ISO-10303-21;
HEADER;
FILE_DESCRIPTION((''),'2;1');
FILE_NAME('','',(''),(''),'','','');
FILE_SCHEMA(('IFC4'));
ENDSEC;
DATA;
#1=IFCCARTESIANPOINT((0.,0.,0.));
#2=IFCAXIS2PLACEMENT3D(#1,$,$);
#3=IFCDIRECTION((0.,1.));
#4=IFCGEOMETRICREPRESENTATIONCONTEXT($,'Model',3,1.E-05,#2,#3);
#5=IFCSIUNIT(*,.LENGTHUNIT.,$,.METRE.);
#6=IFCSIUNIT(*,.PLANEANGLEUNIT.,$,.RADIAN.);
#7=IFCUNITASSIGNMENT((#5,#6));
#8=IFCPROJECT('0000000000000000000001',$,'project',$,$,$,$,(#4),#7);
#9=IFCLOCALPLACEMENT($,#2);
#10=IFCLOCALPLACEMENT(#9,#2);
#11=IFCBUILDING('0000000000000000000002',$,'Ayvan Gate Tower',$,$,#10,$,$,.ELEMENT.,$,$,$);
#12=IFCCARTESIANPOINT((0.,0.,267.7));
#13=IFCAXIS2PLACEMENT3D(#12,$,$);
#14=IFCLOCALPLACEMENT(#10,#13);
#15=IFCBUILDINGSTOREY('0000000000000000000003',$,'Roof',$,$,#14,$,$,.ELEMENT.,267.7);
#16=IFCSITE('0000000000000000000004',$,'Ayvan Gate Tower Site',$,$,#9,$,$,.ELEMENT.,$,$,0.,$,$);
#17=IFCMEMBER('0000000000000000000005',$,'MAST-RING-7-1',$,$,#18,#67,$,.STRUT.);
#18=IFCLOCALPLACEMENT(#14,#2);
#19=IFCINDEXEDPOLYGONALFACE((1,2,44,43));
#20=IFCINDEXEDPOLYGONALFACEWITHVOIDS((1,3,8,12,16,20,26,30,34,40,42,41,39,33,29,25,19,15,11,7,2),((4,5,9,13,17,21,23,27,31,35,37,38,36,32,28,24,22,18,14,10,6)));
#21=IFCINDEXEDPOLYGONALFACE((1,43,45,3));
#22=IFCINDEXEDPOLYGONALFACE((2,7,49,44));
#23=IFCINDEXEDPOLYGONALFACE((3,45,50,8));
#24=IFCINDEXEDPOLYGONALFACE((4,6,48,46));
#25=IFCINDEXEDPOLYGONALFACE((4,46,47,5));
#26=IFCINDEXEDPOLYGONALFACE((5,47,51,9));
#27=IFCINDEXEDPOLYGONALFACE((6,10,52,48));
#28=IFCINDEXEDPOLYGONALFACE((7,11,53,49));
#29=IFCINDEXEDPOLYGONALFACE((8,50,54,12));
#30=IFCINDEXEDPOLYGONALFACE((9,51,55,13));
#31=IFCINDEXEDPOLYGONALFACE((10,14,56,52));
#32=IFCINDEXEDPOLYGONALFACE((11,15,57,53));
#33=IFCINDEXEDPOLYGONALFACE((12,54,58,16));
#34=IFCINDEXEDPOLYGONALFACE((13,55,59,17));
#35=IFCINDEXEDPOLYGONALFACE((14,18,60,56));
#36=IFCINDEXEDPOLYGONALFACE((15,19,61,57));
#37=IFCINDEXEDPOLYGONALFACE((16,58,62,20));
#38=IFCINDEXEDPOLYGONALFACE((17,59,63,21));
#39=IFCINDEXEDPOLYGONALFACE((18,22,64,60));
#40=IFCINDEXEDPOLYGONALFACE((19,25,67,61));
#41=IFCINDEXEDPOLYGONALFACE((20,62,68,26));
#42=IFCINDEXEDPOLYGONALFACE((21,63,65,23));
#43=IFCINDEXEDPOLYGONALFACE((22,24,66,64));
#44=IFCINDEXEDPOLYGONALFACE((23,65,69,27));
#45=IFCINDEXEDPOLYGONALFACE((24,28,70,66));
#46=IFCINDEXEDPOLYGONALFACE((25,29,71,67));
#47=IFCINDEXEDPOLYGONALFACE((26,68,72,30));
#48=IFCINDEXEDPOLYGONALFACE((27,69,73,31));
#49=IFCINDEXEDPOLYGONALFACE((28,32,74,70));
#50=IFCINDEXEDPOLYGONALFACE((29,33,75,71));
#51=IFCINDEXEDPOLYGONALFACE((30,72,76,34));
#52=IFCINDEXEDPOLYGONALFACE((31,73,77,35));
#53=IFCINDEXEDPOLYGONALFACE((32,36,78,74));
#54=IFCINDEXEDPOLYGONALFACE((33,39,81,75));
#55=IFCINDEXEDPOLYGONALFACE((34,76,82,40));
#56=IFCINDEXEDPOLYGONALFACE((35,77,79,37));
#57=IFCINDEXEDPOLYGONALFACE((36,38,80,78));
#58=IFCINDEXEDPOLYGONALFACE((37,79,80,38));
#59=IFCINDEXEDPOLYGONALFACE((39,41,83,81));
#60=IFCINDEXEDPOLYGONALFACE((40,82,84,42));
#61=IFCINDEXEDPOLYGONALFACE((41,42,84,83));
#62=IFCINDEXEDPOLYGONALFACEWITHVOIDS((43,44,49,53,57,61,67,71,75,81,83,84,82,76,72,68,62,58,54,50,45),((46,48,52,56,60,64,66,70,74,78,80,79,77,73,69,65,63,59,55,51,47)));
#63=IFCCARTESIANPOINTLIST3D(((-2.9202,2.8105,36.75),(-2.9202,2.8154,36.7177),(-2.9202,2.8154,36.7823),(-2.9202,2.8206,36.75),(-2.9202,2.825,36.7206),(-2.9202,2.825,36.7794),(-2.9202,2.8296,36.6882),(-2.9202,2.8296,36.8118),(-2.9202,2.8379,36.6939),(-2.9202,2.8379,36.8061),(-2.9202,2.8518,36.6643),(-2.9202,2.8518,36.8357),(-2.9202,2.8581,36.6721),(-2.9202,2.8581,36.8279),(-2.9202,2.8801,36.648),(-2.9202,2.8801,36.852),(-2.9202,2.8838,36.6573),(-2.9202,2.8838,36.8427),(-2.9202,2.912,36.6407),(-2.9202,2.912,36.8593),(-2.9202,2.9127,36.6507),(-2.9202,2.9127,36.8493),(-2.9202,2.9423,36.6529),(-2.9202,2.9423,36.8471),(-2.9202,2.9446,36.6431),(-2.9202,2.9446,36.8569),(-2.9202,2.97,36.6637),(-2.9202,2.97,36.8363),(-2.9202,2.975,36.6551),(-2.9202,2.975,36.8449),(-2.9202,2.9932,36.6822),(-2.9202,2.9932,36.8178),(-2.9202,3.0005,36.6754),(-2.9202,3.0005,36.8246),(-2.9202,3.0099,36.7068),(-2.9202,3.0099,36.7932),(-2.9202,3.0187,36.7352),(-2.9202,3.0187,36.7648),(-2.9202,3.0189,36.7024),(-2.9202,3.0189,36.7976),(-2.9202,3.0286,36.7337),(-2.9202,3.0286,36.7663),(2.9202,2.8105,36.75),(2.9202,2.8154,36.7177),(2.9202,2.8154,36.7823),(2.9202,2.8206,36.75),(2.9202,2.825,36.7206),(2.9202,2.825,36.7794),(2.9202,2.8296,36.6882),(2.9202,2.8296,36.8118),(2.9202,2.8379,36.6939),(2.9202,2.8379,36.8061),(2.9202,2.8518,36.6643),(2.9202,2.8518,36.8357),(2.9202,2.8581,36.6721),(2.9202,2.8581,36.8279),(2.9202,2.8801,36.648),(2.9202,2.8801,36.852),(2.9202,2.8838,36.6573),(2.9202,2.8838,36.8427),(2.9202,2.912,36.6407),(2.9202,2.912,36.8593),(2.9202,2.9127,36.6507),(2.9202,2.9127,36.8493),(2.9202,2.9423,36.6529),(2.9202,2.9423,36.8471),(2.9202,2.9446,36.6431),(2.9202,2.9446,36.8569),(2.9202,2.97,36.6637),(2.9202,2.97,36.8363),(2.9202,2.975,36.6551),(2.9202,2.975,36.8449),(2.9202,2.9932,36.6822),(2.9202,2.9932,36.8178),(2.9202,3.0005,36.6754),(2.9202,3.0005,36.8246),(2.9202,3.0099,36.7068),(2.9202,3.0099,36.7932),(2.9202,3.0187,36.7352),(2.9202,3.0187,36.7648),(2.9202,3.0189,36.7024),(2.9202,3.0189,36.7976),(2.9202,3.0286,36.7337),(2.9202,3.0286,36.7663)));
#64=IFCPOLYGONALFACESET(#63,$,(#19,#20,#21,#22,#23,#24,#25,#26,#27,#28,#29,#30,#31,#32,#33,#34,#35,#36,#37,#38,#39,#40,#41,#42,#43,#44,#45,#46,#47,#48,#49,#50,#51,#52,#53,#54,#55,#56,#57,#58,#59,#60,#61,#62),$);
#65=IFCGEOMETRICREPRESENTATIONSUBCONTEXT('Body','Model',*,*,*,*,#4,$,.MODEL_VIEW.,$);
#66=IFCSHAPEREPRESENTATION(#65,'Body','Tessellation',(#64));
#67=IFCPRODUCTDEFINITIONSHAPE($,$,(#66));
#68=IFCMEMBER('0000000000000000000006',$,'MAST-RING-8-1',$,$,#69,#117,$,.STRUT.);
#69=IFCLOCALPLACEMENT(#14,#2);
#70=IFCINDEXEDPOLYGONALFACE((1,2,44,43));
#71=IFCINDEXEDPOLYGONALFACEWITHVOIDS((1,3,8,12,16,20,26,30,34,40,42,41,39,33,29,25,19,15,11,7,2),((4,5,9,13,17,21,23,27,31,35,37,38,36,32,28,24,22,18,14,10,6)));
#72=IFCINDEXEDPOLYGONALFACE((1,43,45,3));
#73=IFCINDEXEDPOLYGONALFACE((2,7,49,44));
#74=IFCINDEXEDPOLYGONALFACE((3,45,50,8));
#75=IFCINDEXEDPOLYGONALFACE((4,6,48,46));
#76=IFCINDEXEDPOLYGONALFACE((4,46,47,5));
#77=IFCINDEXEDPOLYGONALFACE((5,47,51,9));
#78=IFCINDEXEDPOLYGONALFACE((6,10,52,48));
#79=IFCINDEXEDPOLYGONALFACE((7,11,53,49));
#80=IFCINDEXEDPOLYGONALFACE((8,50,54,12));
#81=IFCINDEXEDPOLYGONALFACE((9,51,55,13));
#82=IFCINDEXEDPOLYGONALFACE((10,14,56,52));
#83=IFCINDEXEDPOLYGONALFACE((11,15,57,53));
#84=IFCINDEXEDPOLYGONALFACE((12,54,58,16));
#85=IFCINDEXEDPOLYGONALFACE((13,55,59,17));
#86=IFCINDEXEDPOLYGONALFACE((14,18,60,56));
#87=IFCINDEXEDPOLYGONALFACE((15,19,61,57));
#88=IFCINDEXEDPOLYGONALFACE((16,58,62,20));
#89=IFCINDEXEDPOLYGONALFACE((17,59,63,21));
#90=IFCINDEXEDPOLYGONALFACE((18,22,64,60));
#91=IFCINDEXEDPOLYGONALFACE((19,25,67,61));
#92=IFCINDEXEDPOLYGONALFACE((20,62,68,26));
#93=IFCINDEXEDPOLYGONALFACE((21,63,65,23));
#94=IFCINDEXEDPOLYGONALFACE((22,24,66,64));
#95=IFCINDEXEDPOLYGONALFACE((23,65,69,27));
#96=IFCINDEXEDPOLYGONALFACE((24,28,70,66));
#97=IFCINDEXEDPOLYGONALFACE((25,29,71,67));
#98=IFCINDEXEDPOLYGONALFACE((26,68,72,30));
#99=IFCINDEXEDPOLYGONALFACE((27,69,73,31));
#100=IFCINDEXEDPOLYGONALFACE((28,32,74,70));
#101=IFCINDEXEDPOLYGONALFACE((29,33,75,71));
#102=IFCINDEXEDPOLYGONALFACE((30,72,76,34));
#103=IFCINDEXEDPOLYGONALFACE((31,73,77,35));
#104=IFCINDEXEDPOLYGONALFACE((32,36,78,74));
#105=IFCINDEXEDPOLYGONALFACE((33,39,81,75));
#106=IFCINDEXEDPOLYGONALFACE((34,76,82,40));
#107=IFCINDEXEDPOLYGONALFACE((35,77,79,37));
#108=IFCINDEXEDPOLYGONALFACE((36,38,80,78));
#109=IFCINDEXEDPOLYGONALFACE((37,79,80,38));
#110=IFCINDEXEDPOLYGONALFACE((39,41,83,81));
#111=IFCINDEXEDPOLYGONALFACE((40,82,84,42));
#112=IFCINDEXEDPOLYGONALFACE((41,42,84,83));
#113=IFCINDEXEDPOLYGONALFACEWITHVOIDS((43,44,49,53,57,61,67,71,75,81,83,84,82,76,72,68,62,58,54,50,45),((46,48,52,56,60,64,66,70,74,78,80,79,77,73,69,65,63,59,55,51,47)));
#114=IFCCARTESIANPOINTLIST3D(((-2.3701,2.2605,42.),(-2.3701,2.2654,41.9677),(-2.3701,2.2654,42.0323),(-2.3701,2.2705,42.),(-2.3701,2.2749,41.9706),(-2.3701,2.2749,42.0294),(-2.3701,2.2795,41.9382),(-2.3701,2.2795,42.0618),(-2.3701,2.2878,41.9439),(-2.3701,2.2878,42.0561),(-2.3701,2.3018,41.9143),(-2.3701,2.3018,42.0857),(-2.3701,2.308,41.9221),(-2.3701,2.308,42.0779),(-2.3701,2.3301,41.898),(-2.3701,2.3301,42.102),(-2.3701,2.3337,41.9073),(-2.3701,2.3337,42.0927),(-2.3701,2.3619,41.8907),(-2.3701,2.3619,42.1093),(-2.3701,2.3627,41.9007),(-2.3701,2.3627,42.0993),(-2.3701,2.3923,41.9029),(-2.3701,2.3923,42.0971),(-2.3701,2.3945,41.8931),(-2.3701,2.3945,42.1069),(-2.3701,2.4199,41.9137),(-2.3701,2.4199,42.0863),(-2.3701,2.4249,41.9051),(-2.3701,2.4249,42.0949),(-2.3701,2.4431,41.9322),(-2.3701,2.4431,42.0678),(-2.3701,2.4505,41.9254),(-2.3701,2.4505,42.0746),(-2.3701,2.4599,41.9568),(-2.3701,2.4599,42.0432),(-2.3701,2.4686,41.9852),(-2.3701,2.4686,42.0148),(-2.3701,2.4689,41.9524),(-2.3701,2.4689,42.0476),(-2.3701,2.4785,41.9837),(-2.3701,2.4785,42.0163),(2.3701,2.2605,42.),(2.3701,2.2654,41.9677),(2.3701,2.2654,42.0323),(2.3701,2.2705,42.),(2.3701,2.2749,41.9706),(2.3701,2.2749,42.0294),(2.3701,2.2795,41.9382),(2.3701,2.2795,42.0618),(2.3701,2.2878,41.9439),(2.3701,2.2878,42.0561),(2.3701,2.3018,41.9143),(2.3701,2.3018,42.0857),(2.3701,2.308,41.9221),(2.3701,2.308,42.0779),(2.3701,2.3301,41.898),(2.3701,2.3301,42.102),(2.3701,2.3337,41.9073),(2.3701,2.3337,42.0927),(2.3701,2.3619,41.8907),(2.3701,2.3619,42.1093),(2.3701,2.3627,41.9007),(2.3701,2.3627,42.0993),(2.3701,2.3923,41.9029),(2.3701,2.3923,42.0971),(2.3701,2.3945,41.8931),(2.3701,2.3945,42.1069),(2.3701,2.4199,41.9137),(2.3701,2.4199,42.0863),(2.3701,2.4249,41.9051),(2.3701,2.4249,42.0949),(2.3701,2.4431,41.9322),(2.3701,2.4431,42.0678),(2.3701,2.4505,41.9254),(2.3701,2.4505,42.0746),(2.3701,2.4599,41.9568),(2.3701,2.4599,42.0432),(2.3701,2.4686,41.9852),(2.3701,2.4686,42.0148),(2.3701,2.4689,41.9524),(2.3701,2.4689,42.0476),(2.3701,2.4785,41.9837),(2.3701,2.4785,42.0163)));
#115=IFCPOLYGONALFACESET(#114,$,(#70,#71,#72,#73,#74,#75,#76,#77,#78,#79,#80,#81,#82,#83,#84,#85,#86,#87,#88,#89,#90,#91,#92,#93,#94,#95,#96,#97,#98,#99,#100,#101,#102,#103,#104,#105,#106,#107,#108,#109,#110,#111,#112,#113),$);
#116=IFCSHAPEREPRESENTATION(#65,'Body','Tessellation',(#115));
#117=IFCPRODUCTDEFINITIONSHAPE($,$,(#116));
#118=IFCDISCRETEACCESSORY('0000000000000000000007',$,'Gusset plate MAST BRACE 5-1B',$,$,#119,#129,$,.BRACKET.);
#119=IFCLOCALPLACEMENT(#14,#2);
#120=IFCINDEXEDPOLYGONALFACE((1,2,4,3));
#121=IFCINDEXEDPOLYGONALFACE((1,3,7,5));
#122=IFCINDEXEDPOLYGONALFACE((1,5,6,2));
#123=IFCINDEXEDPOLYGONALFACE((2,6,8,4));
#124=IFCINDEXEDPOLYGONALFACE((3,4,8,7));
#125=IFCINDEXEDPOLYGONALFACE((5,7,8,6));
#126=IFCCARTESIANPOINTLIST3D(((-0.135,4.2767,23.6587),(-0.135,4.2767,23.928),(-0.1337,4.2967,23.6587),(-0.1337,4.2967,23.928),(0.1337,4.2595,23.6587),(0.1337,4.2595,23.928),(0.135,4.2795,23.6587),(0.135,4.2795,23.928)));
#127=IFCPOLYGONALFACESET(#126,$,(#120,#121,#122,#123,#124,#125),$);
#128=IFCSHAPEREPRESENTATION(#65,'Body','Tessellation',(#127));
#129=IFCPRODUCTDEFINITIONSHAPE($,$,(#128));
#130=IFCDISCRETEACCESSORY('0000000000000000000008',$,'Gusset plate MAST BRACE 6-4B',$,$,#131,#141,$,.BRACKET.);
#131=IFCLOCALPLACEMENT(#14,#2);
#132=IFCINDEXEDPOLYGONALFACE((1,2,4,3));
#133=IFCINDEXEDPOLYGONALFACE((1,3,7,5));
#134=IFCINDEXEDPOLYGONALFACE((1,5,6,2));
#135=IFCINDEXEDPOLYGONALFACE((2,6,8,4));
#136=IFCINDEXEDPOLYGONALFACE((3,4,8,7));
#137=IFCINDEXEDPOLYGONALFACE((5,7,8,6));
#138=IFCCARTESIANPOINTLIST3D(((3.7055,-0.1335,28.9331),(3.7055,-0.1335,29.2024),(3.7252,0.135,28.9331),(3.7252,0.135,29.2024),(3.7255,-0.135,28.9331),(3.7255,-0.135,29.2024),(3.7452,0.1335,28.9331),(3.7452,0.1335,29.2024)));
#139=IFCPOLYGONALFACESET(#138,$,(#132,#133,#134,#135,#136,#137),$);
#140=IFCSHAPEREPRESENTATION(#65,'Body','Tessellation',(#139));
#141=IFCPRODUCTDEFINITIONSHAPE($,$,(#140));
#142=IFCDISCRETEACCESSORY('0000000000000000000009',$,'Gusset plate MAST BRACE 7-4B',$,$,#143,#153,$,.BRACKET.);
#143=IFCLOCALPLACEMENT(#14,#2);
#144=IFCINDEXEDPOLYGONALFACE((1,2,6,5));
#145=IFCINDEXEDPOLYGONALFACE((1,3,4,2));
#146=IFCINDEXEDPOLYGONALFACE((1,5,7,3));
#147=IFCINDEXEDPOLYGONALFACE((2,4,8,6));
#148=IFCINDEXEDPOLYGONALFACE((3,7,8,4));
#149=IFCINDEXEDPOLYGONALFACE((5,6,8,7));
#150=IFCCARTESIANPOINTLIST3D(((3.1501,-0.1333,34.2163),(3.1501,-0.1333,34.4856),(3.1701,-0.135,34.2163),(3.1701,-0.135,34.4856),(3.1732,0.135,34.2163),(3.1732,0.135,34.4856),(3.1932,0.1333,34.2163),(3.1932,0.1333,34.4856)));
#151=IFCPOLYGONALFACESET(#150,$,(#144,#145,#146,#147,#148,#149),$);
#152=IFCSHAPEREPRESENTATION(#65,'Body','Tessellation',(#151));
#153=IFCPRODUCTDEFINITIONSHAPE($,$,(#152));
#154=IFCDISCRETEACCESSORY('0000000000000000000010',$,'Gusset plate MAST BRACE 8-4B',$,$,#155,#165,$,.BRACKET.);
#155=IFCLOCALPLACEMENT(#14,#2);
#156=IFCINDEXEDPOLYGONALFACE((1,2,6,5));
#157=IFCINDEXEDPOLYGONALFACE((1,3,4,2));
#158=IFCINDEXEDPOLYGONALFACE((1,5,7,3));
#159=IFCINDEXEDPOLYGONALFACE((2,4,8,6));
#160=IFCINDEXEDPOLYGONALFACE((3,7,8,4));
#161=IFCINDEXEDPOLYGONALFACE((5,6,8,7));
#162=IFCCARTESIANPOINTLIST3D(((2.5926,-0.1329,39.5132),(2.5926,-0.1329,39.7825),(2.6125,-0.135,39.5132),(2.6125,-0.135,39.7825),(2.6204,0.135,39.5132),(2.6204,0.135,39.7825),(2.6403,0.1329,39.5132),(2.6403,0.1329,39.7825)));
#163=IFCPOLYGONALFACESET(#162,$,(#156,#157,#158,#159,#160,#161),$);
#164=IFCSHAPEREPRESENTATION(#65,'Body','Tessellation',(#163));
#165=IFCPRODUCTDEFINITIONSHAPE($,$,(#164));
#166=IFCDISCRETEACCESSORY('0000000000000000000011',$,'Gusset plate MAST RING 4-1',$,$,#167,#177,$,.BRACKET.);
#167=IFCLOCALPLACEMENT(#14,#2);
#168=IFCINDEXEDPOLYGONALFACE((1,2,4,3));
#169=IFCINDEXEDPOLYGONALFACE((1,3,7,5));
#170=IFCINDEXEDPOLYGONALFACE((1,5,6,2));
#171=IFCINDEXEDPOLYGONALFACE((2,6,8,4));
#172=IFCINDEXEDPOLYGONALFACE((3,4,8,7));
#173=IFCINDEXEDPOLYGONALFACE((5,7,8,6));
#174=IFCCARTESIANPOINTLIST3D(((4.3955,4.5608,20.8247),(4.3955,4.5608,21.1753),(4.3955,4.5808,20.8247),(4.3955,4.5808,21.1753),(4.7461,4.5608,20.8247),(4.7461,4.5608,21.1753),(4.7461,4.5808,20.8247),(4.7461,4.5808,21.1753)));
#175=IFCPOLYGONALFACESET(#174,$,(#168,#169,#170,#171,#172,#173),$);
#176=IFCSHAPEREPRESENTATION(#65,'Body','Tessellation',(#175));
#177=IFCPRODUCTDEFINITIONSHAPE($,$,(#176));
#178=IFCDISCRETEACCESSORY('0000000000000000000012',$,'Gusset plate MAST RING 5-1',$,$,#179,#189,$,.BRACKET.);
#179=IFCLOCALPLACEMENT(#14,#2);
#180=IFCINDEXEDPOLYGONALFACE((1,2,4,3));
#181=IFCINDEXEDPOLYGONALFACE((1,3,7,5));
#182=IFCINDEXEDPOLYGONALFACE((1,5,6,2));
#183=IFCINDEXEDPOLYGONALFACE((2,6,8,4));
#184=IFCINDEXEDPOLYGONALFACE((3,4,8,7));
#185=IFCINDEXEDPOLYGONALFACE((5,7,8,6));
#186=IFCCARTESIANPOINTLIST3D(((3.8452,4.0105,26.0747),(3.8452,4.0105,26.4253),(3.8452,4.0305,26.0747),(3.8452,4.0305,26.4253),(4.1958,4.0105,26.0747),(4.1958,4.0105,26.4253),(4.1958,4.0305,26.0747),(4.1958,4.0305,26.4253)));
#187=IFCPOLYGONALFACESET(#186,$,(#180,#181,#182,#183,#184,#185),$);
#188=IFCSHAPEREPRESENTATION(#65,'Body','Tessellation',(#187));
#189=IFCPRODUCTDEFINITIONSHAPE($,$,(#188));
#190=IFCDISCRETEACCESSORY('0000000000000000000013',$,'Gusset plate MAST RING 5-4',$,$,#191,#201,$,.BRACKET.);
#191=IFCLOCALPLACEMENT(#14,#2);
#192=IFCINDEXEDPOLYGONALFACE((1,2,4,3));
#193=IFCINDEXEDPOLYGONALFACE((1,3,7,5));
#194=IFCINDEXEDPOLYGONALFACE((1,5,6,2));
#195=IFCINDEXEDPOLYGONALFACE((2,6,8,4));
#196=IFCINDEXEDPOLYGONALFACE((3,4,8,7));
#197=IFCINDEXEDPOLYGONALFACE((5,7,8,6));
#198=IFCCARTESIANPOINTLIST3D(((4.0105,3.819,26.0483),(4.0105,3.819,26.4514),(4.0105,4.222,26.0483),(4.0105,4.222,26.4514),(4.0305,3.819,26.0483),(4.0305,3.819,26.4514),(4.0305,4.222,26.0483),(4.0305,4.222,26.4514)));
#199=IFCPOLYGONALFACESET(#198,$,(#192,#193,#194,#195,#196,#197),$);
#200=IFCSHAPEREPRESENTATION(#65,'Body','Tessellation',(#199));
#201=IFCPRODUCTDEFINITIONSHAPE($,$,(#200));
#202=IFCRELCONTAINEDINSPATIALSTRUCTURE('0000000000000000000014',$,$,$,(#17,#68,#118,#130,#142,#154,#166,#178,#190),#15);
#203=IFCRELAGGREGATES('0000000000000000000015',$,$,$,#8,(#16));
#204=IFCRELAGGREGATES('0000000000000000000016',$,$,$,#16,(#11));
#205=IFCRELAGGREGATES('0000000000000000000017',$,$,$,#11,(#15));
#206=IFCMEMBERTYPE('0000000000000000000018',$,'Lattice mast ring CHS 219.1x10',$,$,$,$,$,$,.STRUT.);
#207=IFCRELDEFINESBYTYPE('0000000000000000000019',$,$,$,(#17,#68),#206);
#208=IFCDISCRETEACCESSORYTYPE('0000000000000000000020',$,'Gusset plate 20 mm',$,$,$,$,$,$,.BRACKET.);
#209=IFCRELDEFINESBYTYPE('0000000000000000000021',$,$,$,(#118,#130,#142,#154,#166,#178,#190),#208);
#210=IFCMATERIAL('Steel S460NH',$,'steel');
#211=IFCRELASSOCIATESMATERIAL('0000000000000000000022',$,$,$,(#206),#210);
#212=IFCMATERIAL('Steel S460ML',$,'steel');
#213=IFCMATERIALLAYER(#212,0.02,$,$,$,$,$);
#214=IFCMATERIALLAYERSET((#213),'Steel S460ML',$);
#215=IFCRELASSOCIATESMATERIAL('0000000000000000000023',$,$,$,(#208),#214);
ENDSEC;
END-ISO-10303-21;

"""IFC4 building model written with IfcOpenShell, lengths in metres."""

from ifc_helpers import new_model, si_unit, direction, frame, origin, origin_2d, place, context, subcontext, project, spatial, rectangle, hollow_circle, extrude, material, layer, layer_set, material_profile, profile_set, type_object, element, save


model = new_model("IFC4")

# Units and contexts
model_context = context("Model", 3, precision=1e-05, world=origin(), true_north=direction((0.0, 1.0)))
body_context = subcontext(model_context, "Body", "Model", "MODEL_VIEW")
ifc_project = project(units=[si_unit("LENGTHUNIT", "METRE"), si_unit("PLANEANGLEUNIT", "RADIAN")], contexts=[model_context])

# Site, building, storey
site_placement = place(None, origin())
site = spatial("IfcSite", under=ifc_project, at=site_placement, Name="Ayvan Gate Tower Site", CompositionType="ELEMENT", RefElevation=0.0)
building_placement = place(site_placement, origin())
building = spatial("IfcBuilding", under=site, at=building_placement, Name="Ayvan Gate Tower", CompositionType="ELEMENT")
storey_placement = place(building_placement, frame((0.0, 0.0, 267.7)))
storey = spatial("IfcBuildingStorey", under=building, at=storey_placement, Name="Roof", CompositionType="ELEMENT", Elevation=267.7)

# Members
ifc_material_1 = material(Name="Steel S460NH", Category="steel")
ifc_material_profile_1 = material_profile(ifc_material_1, hollow_circle(Radius=0.1096, WallThickness=0.01, at=origin_2d()), Name="CHS 219.1x10")
ifc_profile_set_1 = profile_set([ifc_material_profile_1], Name="Steel S460NH")
member_type_1 = type_object("IfcMemberType", Name="Lattice mast ring CHS 219.1x10", PredefinedType="STRUT", material=ifc_profile_set_1)
member_1_placement = place(storey_placement, frame((2.9202, 2.9202, 36.75), z_axis=(-1.0, 0.0, 0.0), x_axis=(0.0, -1.0, 0.0)))
element("IfcMember", 1, at=member_1_placement, inside=storey, type_object=member_type_1, Name="MAST-RING-7-1", PredefinedType="STRUT", context=body_context, shape_type="SweptSolid", body=[
    extrude(hollow_circle(Radius=0.1096, WallThickness=0.01, at=origin_2d()), origin(), (0.0, 0.0, 1.0), 5.8403),
])
member_2_placement = place(storey_placement, frame((2.3701, 2.3701, 42.0), z_axis=(-1.0, 0.0, 0.0), x_axis=(0.0, -1.0, 0.0)))
element("IfcMember", 2, at=member_2_placement, inside=storey, type_object=member_type_1, Name="MAST-RING-8-1", PredefinedType="STRUT", context=body_context, shape_type="SweptSolid", body=[
    extrude(hollow_circle(Radius=0.1096, WallThickness=0.01, at=origin_2d()), origin(), (0.0, 0.0, 1.0), 4.7402),
])

# Discrete accessories
ifc_material_2 = material(Name="Steel S460ML", Category="steel")
ifc_layer = layer(ifc_material_2, 0.02)
ifc_layer_set = layer_set([ifc_layer], Name="Steel S460ML")
discrete_accessory_type = type_object("IfcDiscreteAccessoryType", Name="Gusset plate 20 mm", PredefinedType="BRACKET", material=ifc_layer_set)
for number, where, z_axis, x_axis, name in (
    (3, (0.0, 4.2781, 23.6587), (0.0, 0.0, 1.0), (-0.997956, 0.063909, 0.0), "Gusset plate MAST BRACE 5-1B"),
    (4, (3.7253, 0.0, 28.9331), (0.0, 0.0, 1.0), (0.073249, 0.997314, 0.0), "Gusset plate MAST BRACE 6-4B"),
    (5, (3.1716, 0.0, 34.2163), (0.0, 0.0, 1.0), (0.085775, 0.996315, 0.0), "Gusset plate MAST BRACE 7-4B"),
    (6, (2.6165, 0.0, 39.5132), (0.0, 0.0, 1.0), (0.103442, 0.994636, 0.0), "Gusset plate MAST BRACE 8-4B"),
):
    element("IfcDiscreteAccessory", number, at=place(storey_placement, frame(where, z_axis=z_axis, x_axis=x_axis)), inside=storey, type_object=discrete_accessory_type, Name=name, PredefinedType="BRACKET", context=body_context, shape_type="SweptSolid", body=[
        extrude(rectangle(XDim=0.2693, YDim=0.02, at=origin_2d()), origin(), (0.0, 0.0, 1.0), 0.2693),
    ])
for number, where, z_axis, x_axis, name in (
    (7, (4.5708, 4.5708, 20.8247), (0.0, 0.0, 1.0), (1.0, 0.0, 0.0), "Gusset plate MAST RING 4-1"),
    (8, (4.0205, 4.0205, 26.0747), (0.0, 0.0, 1.0), (1.0, 0.0, 0.0), "Gusset plate MAST RING 5-1"),
):
    element("IfcDiscreteAccessory", number, at=place(storey_placement, frame(where, z_axis=z_axis, x_axis=x_axis)), inside=storey, type_object=discrete_accessory_type, Name=name, PredefinedType="BRACKET", context=body_context, shape_type="SweptSolid", body=[
        extrude(rectangle(XDim=0.3506, YDim=0.02, at=origin_2d()), origin(), (0.0, 0.0, 1.0), 0.3506),
    ])
discrete_accessory_1_placement = place(storey_placement, frame((4.0205, 4.0205, 26.0483), z_axis=(0.0, 0.0, 1.0), x_axis=(0.0, 1.0, 0.0)))
element("IfcDiscreteAccessory", 9, at=discrete_accessory_1_placement, inside=storey, type_object=discrete_accessory_type, Name="Gusset plate MAST RING 5-4", PredefinedType="BRACKET", context=body_context, shape_type="SweptSolid", body=[
    extrude(rectangle(XDim=0.4031, YDim=0.02, at=origin_2d()), origin(), (0.0, 0.0, 1.0), 0.4031),
])

save(model, "model.ifc")
